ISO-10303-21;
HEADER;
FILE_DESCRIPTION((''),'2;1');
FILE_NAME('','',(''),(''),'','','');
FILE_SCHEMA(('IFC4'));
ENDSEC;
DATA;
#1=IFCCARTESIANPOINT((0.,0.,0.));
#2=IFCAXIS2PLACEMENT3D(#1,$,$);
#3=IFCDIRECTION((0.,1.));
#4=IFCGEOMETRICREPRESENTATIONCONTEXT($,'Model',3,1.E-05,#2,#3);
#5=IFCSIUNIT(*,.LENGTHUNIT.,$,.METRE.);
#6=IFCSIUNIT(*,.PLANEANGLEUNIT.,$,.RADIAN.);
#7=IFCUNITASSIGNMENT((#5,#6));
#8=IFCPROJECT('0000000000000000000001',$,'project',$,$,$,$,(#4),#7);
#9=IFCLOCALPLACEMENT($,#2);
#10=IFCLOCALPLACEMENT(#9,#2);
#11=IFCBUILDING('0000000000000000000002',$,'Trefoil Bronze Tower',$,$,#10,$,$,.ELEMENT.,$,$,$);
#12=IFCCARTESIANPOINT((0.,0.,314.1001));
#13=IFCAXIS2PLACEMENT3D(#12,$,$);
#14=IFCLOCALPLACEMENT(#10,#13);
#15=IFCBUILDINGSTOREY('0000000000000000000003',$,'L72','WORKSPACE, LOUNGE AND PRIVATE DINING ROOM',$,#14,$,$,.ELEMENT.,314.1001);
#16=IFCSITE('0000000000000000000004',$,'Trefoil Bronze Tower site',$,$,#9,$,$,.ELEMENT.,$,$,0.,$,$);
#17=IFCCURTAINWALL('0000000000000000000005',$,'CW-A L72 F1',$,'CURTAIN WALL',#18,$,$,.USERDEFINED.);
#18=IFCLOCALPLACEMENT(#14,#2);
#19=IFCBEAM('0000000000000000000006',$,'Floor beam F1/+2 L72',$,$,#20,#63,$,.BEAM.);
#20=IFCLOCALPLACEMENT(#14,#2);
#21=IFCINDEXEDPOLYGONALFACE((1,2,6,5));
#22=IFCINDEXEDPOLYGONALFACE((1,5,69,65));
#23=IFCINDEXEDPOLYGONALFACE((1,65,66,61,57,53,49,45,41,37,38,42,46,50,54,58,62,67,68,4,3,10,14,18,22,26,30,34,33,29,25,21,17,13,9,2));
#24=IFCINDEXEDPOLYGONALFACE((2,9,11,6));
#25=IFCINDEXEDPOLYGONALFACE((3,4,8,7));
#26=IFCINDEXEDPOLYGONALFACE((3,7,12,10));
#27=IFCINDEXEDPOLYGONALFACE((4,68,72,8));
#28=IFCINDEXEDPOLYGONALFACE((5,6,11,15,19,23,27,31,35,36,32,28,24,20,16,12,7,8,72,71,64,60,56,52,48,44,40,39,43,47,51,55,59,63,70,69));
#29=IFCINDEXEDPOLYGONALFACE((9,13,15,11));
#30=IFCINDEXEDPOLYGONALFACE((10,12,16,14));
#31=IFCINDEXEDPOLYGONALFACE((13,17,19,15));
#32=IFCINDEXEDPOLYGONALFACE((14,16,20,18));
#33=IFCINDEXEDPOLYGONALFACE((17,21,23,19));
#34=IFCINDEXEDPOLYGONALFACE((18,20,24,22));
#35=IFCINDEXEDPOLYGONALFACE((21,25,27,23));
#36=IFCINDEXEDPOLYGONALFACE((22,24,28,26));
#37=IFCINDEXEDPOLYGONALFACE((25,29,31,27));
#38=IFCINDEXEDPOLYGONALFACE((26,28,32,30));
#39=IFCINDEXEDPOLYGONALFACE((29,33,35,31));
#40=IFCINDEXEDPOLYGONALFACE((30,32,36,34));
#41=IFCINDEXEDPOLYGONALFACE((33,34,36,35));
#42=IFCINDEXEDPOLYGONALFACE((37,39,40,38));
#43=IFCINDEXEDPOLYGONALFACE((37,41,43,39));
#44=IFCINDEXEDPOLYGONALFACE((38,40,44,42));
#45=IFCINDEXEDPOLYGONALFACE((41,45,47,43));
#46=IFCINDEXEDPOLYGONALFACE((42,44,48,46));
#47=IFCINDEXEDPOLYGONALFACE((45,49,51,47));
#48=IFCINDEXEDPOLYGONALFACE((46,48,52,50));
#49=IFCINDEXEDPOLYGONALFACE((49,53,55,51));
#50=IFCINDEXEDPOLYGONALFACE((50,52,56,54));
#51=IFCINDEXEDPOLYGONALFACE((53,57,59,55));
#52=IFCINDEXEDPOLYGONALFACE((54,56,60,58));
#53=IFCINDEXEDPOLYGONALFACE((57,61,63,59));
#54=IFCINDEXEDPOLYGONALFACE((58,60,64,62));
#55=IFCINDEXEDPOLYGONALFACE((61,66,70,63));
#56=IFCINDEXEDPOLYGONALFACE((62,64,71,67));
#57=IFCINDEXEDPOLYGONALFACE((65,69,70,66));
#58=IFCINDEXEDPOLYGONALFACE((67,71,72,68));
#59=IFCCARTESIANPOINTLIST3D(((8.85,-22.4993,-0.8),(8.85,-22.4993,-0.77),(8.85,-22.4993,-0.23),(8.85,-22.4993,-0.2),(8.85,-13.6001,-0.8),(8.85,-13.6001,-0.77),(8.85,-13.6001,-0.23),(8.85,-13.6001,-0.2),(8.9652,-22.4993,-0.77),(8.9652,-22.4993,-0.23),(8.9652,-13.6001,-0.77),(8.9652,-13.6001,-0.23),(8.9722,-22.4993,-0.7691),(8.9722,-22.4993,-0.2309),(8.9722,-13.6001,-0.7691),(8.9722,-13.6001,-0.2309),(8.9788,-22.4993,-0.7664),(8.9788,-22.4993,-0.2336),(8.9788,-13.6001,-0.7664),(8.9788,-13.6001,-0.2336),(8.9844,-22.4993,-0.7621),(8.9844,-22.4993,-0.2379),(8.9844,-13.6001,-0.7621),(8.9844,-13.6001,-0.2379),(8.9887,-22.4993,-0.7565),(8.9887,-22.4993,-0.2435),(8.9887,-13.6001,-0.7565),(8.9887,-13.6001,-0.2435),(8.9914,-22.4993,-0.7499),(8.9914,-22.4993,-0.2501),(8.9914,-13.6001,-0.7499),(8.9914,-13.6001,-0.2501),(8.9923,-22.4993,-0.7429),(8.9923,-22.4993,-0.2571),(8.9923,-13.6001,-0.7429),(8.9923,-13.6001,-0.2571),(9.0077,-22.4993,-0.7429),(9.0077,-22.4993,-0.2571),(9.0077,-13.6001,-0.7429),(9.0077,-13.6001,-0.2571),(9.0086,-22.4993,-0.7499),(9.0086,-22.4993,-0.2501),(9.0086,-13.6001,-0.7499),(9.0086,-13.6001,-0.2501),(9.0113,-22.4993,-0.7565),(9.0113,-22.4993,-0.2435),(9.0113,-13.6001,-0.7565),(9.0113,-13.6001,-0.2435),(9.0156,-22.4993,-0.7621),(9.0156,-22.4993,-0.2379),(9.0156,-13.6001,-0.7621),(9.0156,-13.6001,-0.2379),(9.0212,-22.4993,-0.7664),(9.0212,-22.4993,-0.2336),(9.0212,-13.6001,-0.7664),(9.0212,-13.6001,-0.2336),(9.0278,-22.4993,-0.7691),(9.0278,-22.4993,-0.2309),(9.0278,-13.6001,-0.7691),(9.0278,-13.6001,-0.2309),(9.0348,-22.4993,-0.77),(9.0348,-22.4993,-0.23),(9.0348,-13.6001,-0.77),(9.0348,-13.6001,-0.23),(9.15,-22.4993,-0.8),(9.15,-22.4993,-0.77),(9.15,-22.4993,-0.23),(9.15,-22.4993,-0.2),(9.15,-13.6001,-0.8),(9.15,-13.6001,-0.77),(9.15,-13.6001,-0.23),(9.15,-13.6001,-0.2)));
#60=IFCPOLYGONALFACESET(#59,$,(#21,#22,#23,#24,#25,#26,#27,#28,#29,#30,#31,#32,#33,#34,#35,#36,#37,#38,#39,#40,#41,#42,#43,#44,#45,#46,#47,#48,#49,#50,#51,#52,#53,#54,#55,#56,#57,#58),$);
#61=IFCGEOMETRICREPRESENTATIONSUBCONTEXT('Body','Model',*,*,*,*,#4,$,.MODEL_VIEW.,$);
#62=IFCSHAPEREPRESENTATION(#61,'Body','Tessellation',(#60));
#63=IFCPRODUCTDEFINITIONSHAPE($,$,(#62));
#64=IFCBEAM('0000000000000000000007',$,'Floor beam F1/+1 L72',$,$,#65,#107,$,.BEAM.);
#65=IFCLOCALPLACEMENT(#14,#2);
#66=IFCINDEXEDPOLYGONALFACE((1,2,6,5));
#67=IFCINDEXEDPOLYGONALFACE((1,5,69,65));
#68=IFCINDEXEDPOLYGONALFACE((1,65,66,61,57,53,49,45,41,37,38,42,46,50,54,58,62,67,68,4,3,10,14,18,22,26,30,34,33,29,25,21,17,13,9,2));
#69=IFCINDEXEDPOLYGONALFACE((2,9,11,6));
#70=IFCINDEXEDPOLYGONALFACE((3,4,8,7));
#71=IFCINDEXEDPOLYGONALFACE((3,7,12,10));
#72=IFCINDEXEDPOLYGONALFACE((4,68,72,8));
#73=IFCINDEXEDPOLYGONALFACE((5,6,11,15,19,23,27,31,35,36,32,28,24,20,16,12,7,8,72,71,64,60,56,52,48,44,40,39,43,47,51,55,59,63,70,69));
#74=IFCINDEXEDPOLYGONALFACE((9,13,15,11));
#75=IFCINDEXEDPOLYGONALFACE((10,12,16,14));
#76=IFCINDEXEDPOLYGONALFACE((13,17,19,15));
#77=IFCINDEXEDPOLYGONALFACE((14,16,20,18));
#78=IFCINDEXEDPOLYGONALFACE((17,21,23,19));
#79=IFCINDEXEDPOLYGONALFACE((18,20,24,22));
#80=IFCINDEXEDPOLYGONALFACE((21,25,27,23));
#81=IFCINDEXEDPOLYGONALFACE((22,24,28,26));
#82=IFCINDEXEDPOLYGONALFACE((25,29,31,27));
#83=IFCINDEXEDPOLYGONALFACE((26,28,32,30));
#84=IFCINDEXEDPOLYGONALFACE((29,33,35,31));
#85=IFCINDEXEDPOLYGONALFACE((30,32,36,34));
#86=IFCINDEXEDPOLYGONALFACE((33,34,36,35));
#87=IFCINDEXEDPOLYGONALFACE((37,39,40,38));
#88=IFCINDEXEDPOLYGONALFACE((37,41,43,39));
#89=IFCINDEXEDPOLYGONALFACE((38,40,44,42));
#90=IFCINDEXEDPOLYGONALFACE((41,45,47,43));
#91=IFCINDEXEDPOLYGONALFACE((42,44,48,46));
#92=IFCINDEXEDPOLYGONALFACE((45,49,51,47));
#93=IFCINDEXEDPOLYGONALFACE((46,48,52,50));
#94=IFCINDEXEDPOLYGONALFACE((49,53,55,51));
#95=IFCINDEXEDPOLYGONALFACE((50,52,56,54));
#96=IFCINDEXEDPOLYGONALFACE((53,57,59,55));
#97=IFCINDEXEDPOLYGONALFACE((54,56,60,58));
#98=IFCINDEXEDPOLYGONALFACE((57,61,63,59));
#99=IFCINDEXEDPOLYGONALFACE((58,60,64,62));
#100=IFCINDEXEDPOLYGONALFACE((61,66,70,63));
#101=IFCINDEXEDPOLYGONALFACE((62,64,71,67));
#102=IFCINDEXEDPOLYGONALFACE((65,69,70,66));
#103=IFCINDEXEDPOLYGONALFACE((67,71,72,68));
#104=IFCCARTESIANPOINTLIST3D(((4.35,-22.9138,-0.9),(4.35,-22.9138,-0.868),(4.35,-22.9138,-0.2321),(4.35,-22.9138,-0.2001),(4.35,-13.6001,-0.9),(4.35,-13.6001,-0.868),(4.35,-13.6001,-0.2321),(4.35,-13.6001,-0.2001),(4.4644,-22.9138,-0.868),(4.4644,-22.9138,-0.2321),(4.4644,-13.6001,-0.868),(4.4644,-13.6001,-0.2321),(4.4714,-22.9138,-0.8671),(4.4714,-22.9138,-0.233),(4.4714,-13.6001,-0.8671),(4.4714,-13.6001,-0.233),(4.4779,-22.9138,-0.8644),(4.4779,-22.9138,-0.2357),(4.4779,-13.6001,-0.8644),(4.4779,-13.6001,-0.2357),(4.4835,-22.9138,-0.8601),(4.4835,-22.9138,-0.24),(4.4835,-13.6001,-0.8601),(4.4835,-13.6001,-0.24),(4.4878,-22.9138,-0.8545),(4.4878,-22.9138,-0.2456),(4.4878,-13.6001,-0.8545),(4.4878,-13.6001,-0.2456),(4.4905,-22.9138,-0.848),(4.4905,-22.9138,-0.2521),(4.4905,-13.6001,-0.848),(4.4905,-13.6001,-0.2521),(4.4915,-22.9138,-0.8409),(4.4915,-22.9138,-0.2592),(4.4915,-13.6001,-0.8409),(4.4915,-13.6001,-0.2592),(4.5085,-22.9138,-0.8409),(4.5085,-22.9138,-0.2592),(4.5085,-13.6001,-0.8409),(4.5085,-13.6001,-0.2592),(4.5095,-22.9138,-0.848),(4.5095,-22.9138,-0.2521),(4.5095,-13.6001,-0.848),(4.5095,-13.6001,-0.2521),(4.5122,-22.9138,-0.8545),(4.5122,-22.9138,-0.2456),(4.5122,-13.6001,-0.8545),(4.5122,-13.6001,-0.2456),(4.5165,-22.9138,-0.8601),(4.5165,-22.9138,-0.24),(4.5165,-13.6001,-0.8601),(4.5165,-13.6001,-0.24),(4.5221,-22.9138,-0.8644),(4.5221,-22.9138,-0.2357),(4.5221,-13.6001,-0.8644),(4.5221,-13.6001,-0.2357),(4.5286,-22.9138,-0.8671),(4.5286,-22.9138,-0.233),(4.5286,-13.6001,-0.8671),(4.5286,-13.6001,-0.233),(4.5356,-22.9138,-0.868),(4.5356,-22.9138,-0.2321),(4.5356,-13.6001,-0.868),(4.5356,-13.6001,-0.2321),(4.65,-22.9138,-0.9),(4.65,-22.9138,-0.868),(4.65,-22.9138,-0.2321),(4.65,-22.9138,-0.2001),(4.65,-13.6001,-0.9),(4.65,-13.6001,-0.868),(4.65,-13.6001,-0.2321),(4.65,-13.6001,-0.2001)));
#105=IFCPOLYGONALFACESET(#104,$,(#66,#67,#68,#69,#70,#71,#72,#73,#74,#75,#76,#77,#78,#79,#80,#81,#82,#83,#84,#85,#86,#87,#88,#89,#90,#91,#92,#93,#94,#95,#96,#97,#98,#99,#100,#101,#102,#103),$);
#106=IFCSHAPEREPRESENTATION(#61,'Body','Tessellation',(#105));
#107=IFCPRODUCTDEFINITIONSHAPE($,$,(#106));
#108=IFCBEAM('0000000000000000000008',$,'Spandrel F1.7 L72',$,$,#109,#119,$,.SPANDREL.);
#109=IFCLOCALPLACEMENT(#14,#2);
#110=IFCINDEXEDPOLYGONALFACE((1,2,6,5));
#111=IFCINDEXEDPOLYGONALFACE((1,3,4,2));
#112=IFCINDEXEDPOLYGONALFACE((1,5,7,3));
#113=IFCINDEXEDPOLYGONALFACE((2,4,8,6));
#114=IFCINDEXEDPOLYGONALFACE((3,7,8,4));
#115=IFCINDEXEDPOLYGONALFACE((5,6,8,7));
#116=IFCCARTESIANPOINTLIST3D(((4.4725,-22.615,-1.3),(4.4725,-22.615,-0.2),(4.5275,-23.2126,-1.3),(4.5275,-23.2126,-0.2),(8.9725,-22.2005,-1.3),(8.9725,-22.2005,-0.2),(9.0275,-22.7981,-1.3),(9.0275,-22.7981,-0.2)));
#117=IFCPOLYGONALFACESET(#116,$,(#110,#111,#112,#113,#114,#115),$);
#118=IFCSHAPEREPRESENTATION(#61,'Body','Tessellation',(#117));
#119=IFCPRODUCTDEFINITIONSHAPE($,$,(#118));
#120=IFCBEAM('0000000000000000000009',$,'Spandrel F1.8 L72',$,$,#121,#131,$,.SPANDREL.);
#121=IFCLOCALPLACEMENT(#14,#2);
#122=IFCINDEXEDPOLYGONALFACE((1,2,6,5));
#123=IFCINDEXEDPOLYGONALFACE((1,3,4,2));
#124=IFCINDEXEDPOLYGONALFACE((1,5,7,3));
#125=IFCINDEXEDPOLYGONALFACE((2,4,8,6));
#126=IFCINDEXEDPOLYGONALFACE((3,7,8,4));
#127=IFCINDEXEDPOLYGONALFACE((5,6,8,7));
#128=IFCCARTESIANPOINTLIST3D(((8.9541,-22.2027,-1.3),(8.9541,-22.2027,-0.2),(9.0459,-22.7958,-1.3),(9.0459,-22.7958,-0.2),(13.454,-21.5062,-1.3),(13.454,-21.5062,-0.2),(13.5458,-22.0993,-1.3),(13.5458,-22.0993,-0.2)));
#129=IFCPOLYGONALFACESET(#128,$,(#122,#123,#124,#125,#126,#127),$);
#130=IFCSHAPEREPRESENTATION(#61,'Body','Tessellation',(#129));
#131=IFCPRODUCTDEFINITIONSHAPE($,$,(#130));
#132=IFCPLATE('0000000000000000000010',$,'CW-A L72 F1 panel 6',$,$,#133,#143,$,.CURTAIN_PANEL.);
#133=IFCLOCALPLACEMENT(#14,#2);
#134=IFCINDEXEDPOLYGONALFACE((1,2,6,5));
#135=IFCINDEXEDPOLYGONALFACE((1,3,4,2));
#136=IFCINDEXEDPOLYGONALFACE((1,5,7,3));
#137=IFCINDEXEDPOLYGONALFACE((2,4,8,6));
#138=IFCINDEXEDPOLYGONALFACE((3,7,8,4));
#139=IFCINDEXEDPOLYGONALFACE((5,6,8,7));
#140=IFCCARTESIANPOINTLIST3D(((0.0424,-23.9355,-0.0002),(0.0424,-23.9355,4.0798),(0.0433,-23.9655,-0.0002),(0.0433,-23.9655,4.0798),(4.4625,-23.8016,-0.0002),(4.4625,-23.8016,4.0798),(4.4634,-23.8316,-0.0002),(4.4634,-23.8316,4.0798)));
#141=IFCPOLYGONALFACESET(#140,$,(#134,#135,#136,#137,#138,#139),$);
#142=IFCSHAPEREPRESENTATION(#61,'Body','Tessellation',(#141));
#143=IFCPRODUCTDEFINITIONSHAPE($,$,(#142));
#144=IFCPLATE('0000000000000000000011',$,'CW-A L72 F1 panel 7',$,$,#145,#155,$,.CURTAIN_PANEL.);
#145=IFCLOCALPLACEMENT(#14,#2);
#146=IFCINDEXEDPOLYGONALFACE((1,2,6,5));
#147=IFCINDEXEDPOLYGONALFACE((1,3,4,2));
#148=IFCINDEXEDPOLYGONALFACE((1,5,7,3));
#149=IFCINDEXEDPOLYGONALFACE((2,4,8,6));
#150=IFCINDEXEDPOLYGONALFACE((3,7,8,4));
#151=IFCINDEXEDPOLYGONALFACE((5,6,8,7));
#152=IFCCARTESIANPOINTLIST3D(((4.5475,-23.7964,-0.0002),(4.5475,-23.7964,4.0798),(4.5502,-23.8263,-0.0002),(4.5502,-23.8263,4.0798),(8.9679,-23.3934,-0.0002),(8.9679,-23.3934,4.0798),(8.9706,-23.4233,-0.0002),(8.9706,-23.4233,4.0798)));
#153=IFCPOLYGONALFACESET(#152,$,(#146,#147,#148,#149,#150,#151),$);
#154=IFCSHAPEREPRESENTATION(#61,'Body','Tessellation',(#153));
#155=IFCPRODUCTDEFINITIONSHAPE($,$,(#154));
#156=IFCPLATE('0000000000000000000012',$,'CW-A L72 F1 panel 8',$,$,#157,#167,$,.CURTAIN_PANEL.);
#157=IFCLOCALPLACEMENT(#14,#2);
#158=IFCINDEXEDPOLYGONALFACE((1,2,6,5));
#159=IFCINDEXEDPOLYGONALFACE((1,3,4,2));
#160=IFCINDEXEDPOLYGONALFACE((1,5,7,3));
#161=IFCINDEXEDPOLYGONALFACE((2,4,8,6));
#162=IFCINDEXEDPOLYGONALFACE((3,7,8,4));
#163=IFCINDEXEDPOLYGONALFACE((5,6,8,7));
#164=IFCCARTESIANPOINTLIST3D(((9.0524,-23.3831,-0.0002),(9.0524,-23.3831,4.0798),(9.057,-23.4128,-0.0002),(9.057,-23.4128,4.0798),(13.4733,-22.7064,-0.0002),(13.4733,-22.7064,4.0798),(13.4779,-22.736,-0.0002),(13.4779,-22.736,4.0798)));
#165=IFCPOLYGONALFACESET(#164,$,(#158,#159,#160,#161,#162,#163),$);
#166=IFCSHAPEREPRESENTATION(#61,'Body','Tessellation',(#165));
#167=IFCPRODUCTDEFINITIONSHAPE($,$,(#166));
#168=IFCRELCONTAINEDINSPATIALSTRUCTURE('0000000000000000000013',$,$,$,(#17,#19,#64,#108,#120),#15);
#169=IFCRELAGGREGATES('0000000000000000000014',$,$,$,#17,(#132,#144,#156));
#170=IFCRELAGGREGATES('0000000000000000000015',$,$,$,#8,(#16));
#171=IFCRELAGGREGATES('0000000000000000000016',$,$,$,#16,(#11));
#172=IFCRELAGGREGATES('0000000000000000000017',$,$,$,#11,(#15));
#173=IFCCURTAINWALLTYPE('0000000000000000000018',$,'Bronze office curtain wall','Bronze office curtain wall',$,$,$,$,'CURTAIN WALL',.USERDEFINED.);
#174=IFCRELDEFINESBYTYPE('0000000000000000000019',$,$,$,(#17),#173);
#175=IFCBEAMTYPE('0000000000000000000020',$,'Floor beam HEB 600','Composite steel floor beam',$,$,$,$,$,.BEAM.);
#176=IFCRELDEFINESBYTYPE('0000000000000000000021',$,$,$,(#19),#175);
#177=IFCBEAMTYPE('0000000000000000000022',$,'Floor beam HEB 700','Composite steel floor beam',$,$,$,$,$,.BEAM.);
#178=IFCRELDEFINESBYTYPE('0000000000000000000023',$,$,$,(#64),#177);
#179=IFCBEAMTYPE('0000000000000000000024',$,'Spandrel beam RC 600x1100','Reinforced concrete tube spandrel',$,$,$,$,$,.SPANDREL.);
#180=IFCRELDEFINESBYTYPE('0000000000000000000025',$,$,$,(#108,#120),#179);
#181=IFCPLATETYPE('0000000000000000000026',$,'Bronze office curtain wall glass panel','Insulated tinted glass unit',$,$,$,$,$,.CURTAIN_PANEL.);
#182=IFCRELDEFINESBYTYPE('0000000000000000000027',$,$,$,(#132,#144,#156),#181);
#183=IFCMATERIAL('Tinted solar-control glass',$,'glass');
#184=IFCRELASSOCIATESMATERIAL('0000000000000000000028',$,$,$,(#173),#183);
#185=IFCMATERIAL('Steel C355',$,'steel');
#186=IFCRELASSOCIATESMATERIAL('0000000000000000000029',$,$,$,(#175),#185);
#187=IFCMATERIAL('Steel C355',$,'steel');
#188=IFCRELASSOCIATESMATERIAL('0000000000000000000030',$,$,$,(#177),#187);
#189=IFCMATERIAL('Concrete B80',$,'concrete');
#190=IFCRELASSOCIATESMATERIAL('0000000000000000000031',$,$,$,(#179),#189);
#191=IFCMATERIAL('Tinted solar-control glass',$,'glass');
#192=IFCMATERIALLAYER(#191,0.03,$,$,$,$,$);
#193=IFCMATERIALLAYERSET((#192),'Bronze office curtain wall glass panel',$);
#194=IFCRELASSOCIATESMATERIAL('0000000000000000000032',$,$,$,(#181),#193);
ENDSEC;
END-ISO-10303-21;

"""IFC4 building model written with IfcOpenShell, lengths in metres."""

from ifc_helpers import new_model, si_unit, direction, frame, origin, origin_2d, place, context, subcontext, project, spatial, rectangle, i_section, extrude, material, layer, layer_set, material_profile, profile_set, type_object, element, aggregate, save


model = new_model("IFC4")

# Units and contexts
model_context = context("Model", 3, precision=1e-05, world=origin(), true_north=direction((0.0, 1.0)))
body_context = subcontext(model_context, "Body", "Model", "MODEL_VIEW")
ifc_project = project(units=[si_unit("LENGTHUNIT", "METRE"), si_unit("PLANEANGLEUNIT", "RADIAN")], contexts=[model_context])

# Site, building, storey
site_placement = place(None, origin())
site = spatial("IfcSite", under=ifc_project, at=site_placement, Name="Trefoil Bronze Tower site", CompositionType="ELEMENT", RefElevation=0.0)
building_placement = place(site_placement, origin())
building = spatial("IfcBuilding", under=site, at=building_placement, Name="Trefoil Bronze Tower", CompositionType="ELEMENT")
storey_placement = place(building_placement, frame((0.0, 0.0, 314.1001)))
storey = spatial("IfcBuildingStorey", under=building, at=storey_placement, Name="L72", Description="WORKSPACE, LOUNGE AND PRIVATE DINING ROOM", CompositionType="ELEMENT", Elevation=314.1001)

# Curtain wall
ifc_material_1 = material(Name="Tinted solar-control glass", Category="glass")
curtain_wall_type = type_object("IfcCurtainWallType", Name="Bronze office curtain wall", Description="Bronze office curtain wall", ElementType="CURTAIN WALL", PredefinedType="USERDEFINED", material=ifc_material_1)
curtain_wall_placement = place(storey_placement, origin())
curtain_wall = element("IfcCurtainWall", 1, at=curtain_wall_placement, inside=storey, type_object=curtain_wall_type, Name="CW-A L72 F1", ObjectType="CURTAIN WALL", PredefinedType="USERDEFINED")

# Beams
ifc_material_2 = material(Name="Steel C355", Category="steel")
ifc_material_profile_1 = material_profile(ifc_material_2, i_section(OverallWidth=0.3, OverallDepth=0.6001, WebThickness=0.0154, FlangeThickness=0.03, FilletRadius=0.0271, at=origin_2d()), Name="HEB 600")
ifc_profile_set_1 = profile_set([ifc_material_profile_1], Name="Steel C355")
beam_type_1 = type_object("IfcBeamType", Name="Floor beam HEB 600", Description="Composite steel floor beam", PredefinedType="BEAM", material=ifc_profile_set_1)
beam_1_placement = place(storey_placement, frame((9.0, -22.4993, -0.5), z_axis=(0.0, 1.0, 0.0), x_axis=(-1.0, 0.0, 0.0)))
element("IfcBeam", 2, at=beam_1_placement, inside=storey, type_object=beam_type_1, Name="Floor beam F1/+2 L72", PredefinedType="BEAM", context=body_context, shape_type="SweptSolid", body=[
    extrude(i_section(OverallWidth=0.3, OverallDepth=0.6001, WebThickness=0.0154, FlangeThickness=0.03, FilletRadius=0.0271, at=origin_2d()), origin(), (0.0, 0.0, 1.0), 8.8992),
])
ifc_material_3 = material(Name="Steel C355", Category="steel")
ifc_material_profile_2 = material_profile(ifc_material_3, i_section(OverallWidth=0.3, OverallDepth=0.7, WebThickness=0.0171, FlangeThickness=0.032, FilletRadius=0.0271, at=origin_2d()), Name="HEB 700")
ifc_profile_set_2 = profile_set([ifc_material_profile_2], Name="Steel C355")
beam_type_2 = type_object("IfcBeamType", Name="Floor beam HEB 700", Description="Composite steel floor beam", PredefinedType="BEAM", material=ifc_profile_set_2)
beam_2_placement = place(storey_placement, frame((4.5, -22.9138, -0.55), z_axis=(0.0, 1.0, 0.0), x_axis=(-1.0, 0.0, 0.0)))
element("IfcBeam", 3, at=beam_2_placement, inside=storey, type_object=beam_type_2, Name="Floor beam F1/+1 L72", PredefinedType="BEAM", context=body_context, shape_type="SweptSolid", body=[
    extrude(i_section(OverallWidth=0.3, OverallDepth=0.7, WebThickness=0.0171, FlangeThickness=0.032, FilletRadius=0.0271, at=origin_2d()), origin(), (0.0, 0.0, 1.0), 9.3137),
])
ifc_material_4 = material(Name="Concrete B80", Category="concrete")
ifc_material_profile_3 = material_profile(ifc_material_4, rectangle(XDim=0.6001, YDim=1.1001, at=origin_2d()), Name="RC 600x1100")
ifc_profile_set_3 = profile_set([ifc_material_profile_3], Name="Concrete B80")
beam_type_3 = type_object("IfcBeamType", Name="Spandrel beam RC 600x1100", Description="Reinforced concrete tube spandrel", PredefinedType="SPANDREL", material=ifc_profile_set_3)
beam_3_placement = place(storey_placement, frame((4.5, -22.9138, -0.75), z_axis=(0.995784, 0.091734, 0.0), x_axis=(-0.091734, 0.995784, 0.0)))
element("IfcBeam", 4, at=beam_3_placement, inside=storey, type_object=beam_type_3, Name="Spandrel F1.7 L72", PredefinedType="SPANDREL", context=body_context, shape_type="SweptSolid", body=[
    extrude(rectangle(XDim=0.6001, YDim=1.1001, at=origin_2d()), origin(), (0.0, 0.0, 1.0), 4.519),
])
beam_4_placement = place(storey_placement, frame((9.0, -22.4993, -0.75), z_axis=(0.988232, 0.152964, 0.0), x_axis=(-0.152964, 0.988232, 0.0)))
element("IfcBeam", 5, at=beam_4_placement, inside=storey, type_object=beam_type_3, Name="Spandrel F1.8 L72", PredefinedType="SPANDREL", context=body_context, shape_type="SweptSolid", body=[
    extrude(rectangle(XDim=0.6001, YDim=1.1001, at=origin_2d()), origin(), (0.0, 0.0, 1.0), 4.5535),
])

# Plates
ifc_material_5 = material(Name="Tinted solar-control glass", Category="glass")
ifc_layer_1 = layer(ifc_material_5, 0.03)
ifc_layer_set_1 = layer_set([ifc_layer_1], Name="Bronze office curtain wall glass panel")
plate_type = type_object("IfcPlateType", Name="Bronze office curtain wall glass panel", Description="Insulated tinted glass unit", PredefinedType="CURTAIN_PANEL", material=ifc_layer_set_1)
plate_1_placement = place(storey_placement, frame((2.2529, -23.8835, -0.0002), z_axis=(0.0, 0.0, 1.0), x_axis=(0.999542, 0.030263, 0.0)))
plate_1 = element("IfcPlate", 6, at=plate_1_placement, type_object=plate_type, Name="CW-A L72 F1 panel 6", PredefinedType="CURTAIN_PANEL", context=body_context, shape_type="SweptSolid", body=[
    extrude(rectangle(XDim=4.4221, YDim=0.03, at=origin_2d()), origin(), (0.0, 0.0, 1.0), 4.0801),
])
plate_2_placement = place(storey_placement, frame((6.759, -23.6099, -0.0002), z_axis=(0.0, 0.0, 1.0), x_axis=(0.99587, 0.090789, 0.0)))
plate_2 = element("IfcPlate", 7, at=plate_2_placement, type_object=plate_type, Name="CW-A L72 F1 panel 7", PredefinedType="CURTAIN_PANEL", context=body_context, shape_type="SweptSolid", body=[
    extrude(rectangle(XDim=4.4387, YDim=0.03, at=origin_2d()), origin(), (0.0, 0.0, 1.0), 4.0801),
])
plate_3_placement = place(storey_placement, frame((11.2651, -23.0596, -0.0002), z_axis=(0.0, 0.0, 1.0), x_axis=(0.988485, 0.151317, 0.0)))
plate_3 = element("IfcPlate", 8, at=plate_3_placement, type_object=plate_type, Name="CW-A L72 F1 panel 8", PredefinedType="CURTAIN_PANEL", context=body_context, shape_type="SweptSolid", body=[
    extrude(rectangle(XDim=4.4724, YDim=0.03, at=origin_2d()), origin(), (0.0, 0.0, 1.0), 4.0801),
])
aggregate(curtain_wall, [plate_1, plate_2, plate_3])

save(model, "model.ifc")
